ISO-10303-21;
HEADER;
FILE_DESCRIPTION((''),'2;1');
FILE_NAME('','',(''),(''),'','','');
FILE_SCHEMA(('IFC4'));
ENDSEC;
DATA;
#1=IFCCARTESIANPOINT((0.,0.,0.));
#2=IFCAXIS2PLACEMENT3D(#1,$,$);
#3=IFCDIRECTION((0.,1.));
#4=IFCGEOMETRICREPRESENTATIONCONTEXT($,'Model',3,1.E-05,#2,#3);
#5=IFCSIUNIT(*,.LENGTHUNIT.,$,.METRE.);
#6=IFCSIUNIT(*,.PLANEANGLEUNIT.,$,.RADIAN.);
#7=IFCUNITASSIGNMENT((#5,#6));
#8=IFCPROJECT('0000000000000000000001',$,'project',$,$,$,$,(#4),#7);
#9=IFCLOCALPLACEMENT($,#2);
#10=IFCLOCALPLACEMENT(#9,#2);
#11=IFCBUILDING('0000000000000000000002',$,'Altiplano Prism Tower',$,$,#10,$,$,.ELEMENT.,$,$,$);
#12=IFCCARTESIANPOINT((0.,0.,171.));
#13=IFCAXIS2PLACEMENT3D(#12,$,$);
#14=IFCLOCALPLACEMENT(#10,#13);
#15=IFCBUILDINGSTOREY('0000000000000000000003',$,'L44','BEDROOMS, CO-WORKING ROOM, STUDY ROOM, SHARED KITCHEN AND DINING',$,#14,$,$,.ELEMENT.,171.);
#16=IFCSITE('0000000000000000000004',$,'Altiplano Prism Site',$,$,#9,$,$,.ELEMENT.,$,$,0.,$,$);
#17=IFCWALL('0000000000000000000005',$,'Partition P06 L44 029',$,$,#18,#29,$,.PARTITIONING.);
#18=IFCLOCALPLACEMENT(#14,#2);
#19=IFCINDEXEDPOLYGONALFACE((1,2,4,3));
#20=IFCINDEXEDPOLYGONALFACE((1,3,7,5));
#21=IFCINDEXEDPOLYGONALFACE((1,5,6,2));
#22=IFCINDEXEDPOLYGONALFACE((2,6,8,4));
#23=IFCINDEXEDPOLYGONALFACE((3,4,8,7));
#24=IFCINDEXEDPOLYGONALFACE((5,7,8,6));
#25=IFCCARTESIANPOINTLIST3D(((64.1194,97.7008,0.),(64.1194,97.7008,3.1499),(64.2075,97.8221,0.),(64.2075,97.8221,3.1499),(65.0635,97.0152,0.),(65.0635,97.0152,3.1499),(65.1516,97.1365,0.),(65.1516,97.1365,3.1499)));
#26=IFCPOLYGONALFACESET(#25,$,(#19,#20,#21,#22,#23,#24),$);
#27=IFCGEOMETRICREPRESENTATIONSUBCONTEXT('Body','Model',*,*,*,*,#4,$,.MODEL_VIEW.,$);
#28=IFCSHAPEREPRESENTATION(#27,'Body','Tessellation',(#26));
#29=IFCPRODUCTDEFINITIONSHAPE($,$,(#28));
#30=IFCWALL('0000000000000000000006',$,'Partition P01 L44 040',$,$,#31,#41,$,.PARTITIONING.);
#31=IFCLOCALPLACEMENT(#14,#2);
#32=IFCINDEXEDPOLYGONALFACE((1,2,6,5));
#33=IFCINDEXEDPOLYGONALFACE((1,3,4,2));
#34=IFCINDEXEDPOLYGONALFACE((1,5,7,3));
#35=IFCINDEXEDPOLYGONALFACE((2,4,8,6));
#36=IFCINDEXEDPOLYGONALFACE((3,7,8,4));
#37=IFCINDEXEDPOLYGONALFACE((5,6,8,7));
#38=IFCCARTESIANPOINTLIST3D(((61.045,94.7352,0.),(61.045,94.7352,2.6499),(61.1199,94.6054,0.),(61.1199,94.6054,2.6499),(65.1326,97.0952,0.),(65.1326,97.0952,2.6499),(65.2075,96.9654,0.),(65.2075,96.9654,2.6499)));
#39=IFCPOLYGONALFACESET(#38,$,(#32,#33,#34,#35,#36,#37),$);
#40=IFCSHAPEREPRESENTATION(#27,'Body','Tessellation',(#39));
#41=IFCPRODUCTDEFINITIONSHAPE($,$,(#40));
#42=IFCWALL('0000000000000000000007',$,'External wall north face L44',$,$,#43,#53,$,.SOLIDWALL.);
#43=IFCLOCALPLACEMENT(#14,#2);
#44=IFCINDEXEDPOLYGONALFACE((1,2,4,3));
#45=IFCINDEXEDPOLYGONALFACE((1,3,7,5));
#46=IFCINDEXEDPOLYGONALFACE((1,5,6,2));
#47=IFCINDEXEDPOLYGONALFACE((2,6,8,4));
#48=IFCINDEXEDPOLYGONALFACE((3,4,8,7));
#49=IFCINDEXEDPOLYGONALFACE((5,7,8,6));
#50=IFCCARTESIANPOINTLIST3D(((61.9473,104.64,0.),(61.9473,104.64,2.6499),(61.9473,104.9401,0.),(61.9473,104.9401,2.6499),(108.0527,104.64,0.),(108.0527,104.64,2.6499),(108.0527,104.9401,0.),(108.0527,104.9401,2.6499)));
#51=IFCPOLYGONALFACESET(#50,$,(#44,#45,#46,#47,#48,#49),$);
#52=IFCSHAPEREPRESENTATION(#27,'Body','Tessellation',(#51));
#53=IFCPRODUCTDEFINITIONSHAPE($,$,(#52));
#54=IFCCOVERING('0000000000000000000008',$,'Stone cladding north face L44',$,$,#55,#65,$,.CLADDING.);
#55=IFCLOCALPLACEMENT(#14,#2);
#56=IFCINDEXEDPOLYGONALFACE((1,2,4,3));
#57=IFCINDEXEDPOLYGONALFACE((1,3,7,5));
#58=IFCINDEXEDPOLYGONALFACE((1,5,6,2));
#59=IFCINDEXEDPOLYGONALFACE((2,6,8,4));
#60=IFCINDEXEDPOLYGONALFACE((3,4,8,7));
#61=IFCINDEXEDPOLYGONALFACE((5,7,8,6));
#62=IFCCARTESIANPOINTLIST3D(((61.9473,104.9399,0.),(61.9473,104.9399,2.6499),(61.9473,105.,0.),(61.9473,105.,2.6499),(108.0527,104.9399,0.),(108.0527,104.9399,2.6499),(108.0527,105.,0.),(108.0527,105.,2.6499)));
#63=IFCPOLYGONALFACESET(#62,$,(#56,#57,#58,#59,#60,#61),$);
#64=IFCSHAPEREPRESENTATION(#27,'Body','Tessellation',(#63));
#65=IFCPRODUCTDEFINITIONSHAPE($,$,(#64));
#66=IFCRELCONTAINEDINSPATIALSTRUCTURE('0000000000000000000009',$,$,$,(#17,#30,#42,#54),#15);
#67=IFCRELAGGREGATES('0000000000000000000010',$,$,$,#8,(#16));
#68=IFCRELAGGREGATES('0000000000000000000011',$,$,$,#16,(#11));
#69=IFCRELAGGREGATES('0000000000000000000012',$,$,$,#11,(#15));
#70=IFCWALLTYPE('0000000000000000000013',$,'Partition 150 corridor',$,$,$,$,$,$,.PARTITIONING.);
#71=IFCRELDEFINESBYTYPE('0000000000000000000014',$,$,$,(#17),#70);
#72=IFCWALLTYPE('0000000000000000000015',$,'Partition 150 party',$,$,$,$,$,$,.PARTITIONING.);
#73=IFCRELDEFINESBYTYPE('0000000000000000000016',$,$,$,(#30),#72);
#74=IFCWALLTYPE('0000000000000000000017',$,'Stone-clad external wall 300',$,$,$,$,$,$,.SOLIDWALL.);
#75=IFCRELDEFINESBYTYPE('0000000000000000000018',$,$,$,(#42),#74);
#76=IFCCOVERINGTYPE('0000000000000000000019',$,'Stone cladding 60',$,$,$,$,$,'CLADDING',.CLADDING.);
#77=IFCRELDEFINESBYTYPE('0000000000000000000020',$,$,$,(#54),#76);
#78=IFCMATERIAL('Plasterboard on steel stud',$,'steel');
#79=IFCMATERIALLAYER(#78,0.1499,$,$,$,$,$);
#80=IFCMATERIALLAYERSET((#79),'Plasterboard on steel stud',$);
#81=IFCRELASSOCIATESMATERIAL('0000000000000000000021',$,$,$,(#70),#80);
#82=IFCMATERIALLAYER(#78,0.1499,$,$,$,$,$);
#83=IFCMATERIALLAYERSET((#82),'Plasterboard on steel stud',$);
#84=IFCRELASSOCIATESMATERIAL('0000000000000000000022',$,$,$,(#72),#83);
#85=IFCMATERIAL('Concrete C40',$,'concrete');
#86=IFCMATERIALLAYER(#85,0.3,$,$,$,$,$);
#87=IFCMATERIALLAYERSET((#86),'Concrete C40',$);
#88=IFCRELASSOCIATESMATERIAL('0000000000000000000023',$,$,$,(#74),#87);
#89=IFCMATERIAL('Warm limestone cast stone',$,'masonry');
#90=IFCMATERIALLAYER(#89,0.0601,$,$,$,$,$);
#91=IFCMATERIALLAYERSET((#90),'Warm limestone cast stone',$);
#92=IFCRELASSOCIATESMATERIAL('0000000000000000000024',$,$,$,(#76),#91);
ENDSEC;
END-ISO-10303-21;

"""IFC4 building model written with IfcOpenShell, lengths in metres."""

from ifc_helpers import new_model, si_unit, direction, frame, frame_2d, origin, place, context, subcontext, project, spatial, rectangle, extrude, material, layer, layer_set, type_object, element, save


model = new_model("IFC4")

# Units and contexts
model_context = context("Model", 3, precision=1e-05, world=origin(), true_north=direction((0.0, 1.0)))
body_context = subcontext(model_context, "Body", "Model", "MODEL_VIEW")
ifc_project = project(units=[si_unit("LENGTHUNIT", "METRE"), si_unit("PLANEANGLEUNIT", "RADIAN")], contexts=[model_context])

# Site, building, storey
site_placement = place(None, origin())
site = spatial("IfcSite", under=ifc_project, at=site_placement, Name="Altiplano Prism Site", CompositionType="ELEMENT", RefElevation=0.0)
building_placement = place(site_placement, origin())
building = spatial("IfcBuilding", under=site, at=building_placement, Name="Altiplano Prism Tower", CompositionType="ELEMENT")
storey_placement = place(building_placement, frame((0.0, 0.0, 171.0)))
storey = spatial("IfcBuildingStorey", under=building, at=storey_placement, Name="L44", Description="BEDROOMS, CO-WORKING ROOM, STUDY ROOM, SHARED KITCHEN AND DINING", CompositionType="ELEMENT", Elevation=171.0)

# Walls
ifc_material_1 = material(Name="Plasterboard on steel stud", Category="steel")
ifc_layer_1 = layer(ifc_material_1, 0.1499)
ifc_layer_set_1 = layer_set([ifc_layer_1], Name="Plasterboard on steel stud")
wall_type_1 = type_object("IfcWallType", Name="Partition 150 corridor", PredefinedType="PARTITIONING", material=ifc_layer_set_1)
wall_1_placement = place(storey_placement, frame((64.1633, 97.7615, 0.0), z_axis=(0.0, 0.0, 1.0), x_axis=(0.80917, -0.587574, 0.0)))
element("IfcWall", 1, at=wall_1_placement, inside=storey, type_object=wall_type_1, Name="Partition P06 L44 029", PredefinedType="PARTITIONING", context=body_context, shape_type="SweptSolid", body=[
    extrude(rectangle(XDim=1.1667, YDim=0.1499, at=frame_2d((0.5835, 0.0))), origin(), (0.0, 0.0, 1.0), 3.1499),
])
ifc_layer_2 = layer(ifc_material_1, 0.1499)
ifc_layer_set_2 = layer_set([ifc_layer_2], Name="Plasterboard on steel stud")
wall_type_2 = type_object("IfcWallType", Name="Partition 150 party", PredefinedType="PARTITIONING", material=ifc_layer_set_2)
wall_2_placement = place(storey_placement, frame((65.1699, 97.0303, 0.0), z_axis=(0.0, 0.0, 1.0), x_axis=(-0.866016, -0.500016, 0.0)))
element("IfcWall", 2, at=wall_2_placement, inside=storey, type_object=wall_type_2, Name="Partition P01 L44 040", PredefinedType="PARTITIONING", context=body_context, shape_type="SweptSolid", body=[
    extrude(rectangle(XDim=4.72, YDim=0.1499, at=frame_2d((2.3599, 0.0))), origin(), (0.0, 0.0, 1.0), 2.6499),
])
ifc_material_2 = material(Name="Concrete C40", Category="concrete")
ifc_layer_3 = layer(ifc_material_2, 0.3)
ifc_layer_set_3 = layer_set([ifc_layer_3], Name="Concrete C40")
wall_type_3 = type_object("IfcWallType", Name="Stone-clad external wall 300", PredefinedType="SOLIDWALL", material=ifc_layer_set_3)
wall_3_placement = place(storey_placement, frame((61.9473, 104.79, 0.0), z_axis=(0.0, 0.0, 1.0), x_axis=(1.0, 0.0, 0.0)))
element("IfcWall", 3, at=wall_3_placement, inside=storey, type_object=wall_type_3, Name="External wall north face L44", PredefinedType="SOLIDWALL", context=body_context, shape_type="SweptSolid", body=[
    extrude(rectangle(XDim=46.1055, YDim=0.3, at=frame_2d((23.0527, 0.0))), origin(), (0.0, 0.0, 1.0), 2.6499),
])

# Covering
ifc_material_3 = material(Name="Warm limestone cast stone", Category="masonry")
ifc_layer_4 = layer(ifc_material_3, 0.0601)
ifc_layer_set_4 = layer_set([ifc_layer_4], Name="Warm limestone cast stone")
covering_type = type_object("IfcCoveringType", Name="Stone cladding 60", ElementType="CLADDING", PredefinedType="CLADDING", material=ifc_layer_set_4)
covering_placement = place(storey_placement, frame((61.9473, 104.97, 0.0), z_axis=(0.0, 0.0, 1.0), x_axis=(1.0, 0.0, 0.0)))
element("IfcCovering", 4, at=covering_placement, inside=storey, type_object=covering_type, Name="Stone cladding north face L44", PredefinedType="CLADDING", context=body_context, shape_type="SweptSolid", body=[
    extrude(rectangle(XDim=46.1055, YDim=0.0601, at=frame_2d((23.0527, 0.0))), origin(), (0.0, 0.0, 1.0), 2.6499),
])

save(model, "model.ifc")
